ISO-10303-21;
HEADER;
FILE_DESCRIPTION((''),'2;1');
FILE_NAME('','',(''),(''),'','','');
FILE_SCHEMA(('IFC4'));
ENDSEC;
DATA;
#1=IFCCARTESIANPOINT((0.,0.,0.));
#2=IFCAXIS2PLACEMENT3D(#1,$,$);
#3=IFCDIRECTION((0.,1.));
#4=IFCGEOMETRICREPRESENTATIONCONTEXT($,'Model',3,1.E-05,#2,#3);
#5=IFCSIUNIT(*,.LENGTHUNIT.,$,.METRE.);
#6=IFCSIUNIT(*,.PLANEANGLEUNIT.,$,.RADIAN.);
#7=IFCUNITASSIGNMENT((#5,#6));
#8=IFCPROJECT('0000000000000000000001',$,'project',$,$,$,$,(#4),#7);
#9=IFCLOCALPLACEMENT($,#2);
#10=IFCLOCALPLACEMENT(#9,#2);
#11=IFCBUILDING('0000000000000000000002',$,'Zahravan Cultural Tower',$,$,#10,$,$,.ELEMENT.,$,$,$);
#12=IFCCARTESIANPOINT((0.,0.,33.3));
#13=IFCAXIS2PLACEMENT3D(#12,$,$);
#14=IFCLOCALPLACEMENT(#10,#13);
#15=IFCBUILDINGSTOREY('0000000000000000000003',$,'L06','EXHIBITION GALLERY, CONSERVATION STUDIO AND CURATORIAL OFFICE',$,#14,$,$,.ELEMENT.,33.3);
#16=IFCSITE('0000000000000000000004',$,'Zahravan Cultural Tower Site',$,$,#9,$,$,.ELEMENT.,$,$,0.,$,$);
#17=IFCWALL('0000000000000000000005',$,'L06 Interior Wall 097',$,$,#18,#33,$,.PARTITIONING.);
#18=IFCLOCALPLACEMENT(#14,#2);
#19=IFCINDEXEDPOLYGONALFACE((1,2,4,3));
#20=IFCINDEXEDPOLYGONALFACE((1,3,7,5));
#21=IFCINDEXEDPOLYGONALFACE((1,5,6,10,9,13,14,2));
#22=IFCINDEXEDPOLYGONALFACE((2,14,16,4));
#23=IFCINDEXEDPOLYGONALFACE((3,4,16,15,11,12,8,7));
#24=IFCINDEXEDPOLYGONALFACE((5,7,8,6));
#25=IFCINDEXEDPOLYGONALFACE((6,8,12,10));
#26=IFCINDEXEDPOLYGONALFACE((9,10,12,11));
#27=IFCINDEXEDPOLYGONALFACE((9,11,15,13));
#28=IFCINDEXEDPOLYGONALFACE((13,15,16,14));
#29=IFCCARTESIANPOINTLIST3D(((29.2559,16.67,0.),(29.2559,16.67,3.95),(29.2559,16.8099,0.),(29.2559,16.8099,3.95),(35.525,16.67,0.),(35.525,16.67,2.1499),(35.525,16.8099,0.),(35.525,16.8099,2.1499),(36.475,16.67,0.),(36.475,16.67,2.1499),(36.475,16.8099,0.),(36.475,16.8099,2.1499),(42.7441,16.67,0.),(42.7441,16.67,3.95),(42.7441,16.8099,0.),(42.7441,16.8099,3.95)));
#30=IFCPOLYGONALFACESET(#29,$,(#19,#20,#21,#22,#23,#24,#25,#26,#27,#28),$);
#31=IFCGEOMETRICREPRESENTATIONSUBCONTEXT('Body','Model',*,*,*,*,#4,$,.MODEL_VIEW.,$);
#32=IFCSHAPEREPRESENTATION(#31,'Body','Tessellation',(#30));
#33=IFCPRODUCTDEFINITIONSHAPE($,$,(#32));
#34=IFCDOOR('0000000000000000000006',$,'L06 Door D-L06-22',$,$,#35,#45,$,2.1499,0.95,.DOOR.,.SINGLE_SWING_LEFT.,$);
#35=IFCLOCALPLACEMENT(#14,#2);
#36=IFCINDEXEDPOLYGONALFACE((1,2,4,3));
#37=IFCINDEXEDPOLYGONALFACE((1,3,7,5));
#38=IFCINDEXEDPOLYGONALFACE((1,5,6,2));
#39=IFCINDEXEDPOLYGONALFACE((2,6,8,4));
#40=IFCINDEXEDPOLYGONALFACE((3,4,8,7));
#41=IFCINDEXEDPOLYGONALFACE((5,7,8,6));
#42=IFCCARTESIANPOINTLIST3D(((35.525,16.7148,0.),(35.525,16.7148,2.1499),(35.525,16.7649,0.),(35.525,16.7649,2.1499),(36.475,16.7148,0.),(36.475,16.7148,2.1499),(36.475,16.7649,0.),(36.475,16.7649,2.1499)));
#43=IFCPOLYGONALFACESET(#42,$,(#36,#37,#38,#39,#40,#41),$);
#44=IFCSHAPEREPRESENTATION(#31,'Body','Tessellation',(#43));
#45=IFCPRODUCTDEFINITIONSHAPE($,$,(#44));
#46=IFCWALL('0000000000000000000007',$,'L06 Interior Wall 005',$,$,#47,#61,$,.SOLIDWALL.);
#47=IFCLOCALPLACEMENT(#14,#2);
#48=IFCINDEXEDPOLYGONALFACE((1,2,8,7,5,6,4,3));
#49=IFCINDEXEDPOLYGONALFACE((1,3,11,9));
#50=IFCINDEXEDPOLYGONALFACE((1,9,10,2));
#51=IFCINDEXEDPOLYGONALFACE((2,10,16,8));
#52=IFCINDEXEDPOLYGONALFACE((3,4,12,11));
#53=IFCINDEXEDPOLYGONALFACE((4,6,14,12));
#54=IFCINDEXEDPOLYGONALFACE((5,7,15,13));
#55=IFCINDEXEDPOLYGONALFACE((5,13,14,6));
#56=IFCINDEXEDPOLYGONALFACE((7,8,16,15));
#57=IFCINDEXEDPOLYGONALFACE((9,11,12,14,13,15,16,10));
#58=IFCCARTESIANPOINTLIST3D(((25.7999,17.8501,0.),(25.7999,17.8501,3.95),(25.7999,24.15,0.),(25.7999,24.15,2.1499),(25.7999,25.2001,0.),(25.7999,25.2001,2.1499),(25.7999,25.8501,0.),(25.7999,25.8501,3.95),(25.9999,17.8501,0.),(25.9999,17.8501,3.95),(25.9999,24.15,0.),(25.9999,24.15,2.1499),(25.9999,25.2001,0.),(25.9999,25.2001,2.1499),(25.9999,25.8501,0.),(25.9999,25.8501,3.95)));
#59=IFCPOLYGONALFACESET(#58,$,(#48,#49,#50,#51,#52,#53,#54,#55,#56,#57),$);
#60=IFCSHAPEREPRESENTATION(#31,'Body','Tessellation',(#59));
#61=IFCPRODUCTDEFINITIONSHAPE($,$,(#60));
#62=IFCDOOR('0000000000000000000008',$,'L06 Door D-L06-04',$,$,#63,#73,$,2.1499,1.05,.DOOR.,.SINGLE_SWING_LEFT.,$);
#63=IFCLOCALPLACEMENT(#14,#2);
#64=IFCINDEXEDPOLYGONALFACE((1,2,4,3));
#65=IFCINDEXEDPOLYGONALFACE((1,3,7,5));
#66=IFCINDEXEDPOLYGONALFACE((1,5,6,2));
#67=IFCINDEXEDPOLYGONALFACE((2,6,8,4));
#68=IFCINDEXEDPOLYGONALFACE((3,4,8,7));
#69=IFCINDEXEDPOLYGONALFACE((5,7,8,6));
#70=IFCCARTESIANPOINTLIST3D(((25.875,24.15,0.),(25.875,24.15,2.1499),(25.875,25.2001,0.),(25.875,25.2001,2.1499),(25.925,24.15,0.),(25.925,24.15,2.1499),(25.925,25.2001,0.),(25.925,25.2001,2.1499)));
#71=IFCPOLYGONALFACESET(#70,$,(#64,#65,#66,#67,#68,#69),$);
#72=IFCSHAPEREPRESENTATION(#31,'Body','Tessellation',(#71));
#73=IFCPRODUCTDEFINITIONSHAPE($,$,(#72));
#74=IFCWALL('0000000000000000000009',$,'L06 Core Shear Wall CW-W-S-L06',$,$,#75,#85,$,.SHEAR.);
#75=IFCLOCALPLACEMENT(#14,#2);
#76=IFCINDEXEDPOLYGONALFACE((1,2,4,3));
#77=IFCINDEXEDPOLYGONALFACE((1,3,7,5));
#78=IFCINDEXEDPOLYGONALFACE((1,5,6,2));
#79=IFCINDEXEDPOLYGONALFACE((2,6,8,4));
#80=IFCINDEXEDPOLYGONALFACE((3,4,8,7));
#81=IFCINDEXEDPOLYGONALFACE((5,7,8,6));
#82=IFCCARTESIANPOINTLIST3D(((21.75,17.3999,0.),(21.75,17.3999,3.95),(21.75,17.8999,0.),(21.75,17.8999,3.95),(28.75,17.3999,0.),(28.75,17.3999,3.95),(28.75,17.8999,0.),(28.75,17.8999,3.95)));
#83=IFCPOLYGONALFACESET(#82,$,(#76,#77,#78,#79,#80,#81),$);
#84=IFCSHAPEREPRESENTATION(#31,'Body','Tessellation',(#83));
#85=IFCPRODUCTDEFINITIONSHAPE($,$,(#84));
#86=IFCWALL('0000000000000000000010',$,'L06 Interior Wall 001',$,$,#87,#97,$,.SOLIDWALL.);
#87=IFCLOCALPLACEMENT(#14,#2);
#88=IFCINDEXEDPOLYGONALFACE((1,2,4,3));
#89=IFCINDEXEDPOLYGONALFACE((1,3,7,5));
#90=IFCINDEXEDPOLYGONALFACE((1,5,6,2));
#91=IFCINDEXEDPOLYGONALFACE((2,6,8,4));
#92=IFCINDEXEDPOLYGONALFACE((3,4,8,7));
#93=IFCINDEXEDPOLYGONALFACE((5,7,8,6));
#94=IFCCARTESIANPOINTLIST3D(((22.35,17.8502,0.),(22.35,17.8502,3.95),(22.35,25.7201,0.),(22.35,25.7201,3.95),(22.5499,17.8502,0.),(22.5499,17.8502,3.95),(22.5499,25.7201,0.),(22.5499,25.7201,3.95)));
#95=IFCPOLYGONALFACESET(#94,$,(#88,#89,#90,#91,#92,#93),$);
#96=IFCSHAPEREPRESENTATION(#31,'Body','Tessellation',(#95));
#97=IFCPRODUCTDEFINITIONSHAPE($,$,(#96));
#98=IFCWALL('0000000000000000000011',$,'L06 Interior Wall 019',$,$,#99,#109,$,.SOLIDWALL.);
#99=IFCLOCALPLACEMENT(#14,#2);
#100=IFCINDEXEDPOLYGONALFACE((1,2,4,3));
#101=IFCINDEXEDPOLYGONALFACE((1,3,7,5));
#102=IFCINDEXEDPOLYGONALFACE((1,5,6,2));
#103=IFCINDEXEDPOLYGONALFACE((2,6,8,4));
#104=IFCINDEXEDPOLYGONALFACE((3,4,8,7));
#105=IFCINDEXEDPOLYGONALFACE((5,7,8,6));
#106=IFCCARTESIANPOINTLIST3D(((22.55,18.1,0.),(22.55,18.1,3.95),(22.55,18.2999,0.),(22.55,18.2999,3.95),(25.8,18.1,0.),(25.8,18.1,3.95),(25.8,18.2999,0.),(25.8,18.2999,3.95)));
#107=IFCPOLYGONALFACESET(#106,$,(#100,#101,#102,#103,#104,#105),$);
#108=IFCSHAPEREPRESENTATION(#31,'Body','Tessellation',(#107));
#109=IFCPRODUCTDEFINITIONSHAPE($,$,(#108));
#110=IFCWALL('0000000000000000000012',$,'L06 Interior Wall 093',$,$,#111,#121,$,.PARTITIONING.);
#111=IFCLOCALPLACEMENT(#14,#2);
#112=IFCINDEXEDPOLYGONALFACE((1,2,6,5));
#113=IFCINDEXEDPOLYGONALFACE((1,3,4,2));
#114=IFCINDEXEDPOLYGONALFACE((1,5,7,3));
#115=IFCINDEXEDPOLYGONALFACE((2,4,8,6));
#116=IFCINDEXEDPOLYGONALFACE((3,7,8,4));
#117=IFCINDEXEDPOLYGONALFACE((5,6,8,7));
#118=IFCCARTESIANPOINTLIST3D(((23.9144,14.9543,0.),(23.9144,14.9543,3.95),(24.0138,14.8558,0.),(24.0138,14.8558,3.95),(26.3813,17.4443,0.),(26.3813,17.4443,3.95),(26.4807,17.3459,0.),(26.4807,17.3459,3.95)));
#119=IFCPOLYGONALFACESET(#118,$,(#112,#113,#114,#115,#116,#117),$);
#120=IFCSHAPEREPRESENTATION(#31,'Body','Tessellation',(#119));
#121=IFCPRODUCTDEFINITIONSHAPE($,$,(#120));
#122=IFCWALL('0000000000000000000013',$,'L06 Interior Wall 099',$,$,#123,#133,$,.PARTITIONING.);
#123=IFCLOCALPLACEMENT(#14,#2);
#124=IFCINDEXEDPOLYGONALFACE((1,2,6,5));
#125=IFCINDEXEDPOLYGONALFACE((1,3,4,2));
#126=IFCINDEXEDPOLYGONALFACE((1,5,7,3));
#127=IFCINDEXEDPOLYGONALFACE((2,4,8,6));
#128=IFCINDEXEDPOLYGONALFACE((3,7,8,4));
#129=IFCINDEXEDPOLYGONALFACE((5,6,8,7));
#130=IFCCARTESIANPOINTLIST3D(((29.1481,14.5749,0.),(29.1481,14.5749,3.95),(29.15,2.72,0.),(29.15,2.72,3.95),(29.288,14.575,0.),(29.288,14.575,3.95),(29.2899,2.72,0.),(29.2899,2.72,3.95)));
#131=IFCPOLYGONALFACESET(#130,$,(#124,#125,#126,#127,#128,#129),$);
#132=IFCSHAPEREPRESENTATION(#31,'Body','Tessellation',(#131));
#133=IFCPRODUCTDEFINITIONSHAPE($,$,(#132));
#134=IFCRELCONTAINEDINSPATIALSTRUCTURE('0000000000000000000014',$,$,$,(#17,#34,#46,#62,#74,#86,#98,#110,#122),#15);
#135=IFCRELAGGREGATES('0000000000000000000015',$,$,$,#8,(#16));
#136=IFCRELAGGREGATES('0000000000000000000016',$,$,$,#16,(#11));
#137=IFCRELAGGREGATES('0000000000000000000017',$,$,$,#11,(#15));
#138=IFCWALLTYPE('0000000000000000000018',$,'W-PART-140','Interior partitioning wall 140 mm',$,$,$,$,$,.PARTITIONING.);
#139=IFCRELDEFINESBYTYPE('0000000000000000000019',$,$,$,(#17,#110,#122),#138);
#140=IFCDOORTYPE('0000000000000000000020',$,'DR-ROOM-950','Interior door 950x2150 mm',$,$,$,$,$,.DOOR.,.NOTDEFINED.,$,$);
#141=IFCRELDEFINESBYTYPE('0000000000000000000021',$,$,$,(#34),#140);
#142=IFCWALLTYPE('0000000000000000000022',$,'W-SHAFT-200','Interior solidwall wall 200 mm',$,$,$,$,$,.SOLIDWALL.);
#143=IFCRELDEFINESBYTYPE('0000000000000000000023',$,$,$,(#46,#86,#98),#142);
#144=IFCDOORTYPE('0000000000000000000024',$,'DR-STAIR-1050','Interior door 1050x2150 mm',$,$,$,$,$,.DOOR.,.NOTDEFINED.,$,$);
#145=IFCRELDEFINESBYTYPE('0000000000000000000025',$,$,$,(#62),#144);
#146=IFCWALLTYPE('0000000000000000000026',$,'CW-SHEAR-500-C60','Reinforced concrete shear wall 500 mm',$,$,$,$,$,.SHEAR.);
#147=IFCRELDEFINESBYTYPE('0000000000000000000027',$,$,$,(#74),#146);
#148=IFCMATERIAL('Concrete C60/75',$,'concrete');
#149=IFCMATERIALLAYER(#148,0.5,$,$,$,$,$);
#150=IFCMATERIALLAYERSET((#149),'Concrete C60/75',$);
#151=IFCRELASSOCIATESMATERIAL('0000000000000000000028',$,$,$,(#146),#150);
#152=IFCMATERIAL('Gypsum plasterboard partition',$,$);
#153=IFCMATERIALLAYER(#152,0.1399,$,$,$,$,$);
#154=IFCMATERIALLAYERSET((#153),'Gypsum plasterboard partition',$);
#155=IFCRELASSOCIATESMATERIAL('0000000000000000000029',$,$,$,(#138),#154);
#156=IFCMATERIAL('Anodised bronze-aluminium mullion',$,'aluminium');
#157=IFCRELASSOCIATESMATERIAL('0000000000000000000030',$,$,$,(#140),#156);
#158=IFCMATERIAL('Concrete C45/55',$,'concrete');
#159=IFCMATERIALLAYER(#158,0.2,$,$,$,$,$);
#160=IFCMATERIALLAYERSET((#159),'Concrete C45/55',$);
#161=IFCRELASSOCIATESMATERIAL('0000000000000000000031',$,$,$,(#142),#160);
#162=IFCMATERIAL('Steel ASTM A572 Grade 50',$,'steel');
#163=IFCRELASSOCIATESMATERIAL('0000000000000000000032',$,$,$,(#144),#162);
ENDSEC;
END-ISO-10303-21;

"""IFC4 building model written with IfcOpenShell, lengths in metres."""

from ifc_helpers import new_model, si_unit, direction, frame, frame_2d, origin, place, context, subcontext, project, spatial, rectangle, extrude, source, transform, mapped, material, layer, layer_set, type_object, element, fill, save


model = new_model("IFC4")

# Units and contexts
model_context = context("Model", 3, precision=1e-05, world=origin(), true_north=direction((0.0, 1.0)))
body_context = subcontext(model_context, "Body", "Model", "MODEL_VIEW")
ifc_project = project(units=[si_unit("LENGTHUNIT", "METRE"), si_unit("PLANEANGLEUNIT", "RADIAN")], contexts=[model_context])

# Site, building, storey
site_placement = place(None, origin())
site = spatial("IfcSite", under=ifc_project, at=site_placement, Name="Zahravan Cultural Tower Site", CompositionType="ELEMENT", RefElevation=0.0)
building_placement = place(site_placement, origin())
building = spatial("IfcBuilding", under=site, at=building_placement, Name="Zahravan Cultural Tower", CompositionType="ELEMENT")
storey_placement = place(building_placement, frame((0.0, 0.0, 33.3)))
storey = spatial("IfcBuildingStorey", under=building, at=storey_placement, Name="L06", Description="EXHIBITION GALLERY, CONSERVATION STUDIO AND CURATORIAL OFFICE", CompositionType="ELEMENT", Elevation=33.3)

# Shared definitions
ifc_material_1 = material(Name="Concrete C60/75", Category="concrete")

# Shared definitions
ifc_material_2 = material(Name="Anodised bronze-aluminium mullion", Category="aluminium")

# Shared definitions
ifc_layer_1 = layer(ifc_material_1, 0.5)
ifc_layer_set_1 = layer_set([ifc_layer_1], Name="Concrete C60/75")
wall_type_1 = type_object("IfcWallType", Name="CW-SHEAR-500-C60", Description="Reinforced concrete shear wall 500 mm", PredefinedType="SHEAR", material=ifc_layer_set_1)
ifc_material_3 = material(Name="Steel ASTM A572 Grade 50", Category="steel")

# Walls, openings, doors
ifc_material_4 = material(Name="Gypsum plasterboard partition")
ifc_layer_2 = layer(ifc_material_4, 0.1399)
ifc_layer_set_2 = layer_set([ifc_layer_2], Name="Gypsum plasterboard partition")
wall_type_2 = type_object("IfcWallType", Name="W-PART-140", Description="Interior partitioning wall 140 mm", PredefinedType="PARTITIONING", material=ifc_layer_set_2)
wall_1_placement = place(storey_placement, frame((29.2559, 16.74, 0.0), z_axis=(0.0, 0.0, 1.0), x_axis=(1.0, 0.0, 0.0)))
wall_1 = element("IfcWall", 1, at=wall_1_placement, inside=storey, type_object=wall_type_2, Name="L06 Interior Wall 097", PredefinedType="PARTITIONING", context=body_context, shape_type="SweptSolid", body=[
    extrude(rectangle(XDim=13.4883, YDim=0.1399, at=frame_2d((6.7441, 0.0))), origin(), (0.0, 0.0, 1.0), 3.95),
])
opening_1_placement = place(wall_1_placement, frame((6.269, 0.0, 0.0)))
opening_1 = element("IfcOpeningElement", 2, at=opening_1_placement, cuts=wall_1, PredefinedType="OPENING", context=body_context, shape_type="SweptSolid", body=[
    extrude(rectangle(XDim=0.95, YDim=2.1499, at=frame_2d((0.4751, 1.075))), frame((0.0, 0.0798, 0.0), z_axis=(0.0, -1.0, 0.0), x_axis=(1.0, 0.0, 0.0)), (0.0, 0.0, 1.0), 0.1599),
])
door_type_1 = type_object("IfcDoorType", Name="DR-ROOM-950", Description="Interior door 950x2150 mm", OperationType="NOTDEFINED", PredefinedType="DOOR", material=ifc_material_2)
shared_shape_1 = source(origin(), body_context, "Body", "SweptSolid", [
    extrude(rectangle(XDim=0.95, YDim=2.1499, at=frame_2d((0.4751, 1.075))), frame((0.0, 0.0249, 0.0), z_axis=(0.0, -1.0, 0.0), x_axis=(1.0, 0.0, 0.0)), (0.0, 0.0, 1.0), 0.05),
])
door_1_placement = place(opening_1_placement, origin())
door_1 = element("IfcDoor", 3, at=door_1_placement, inside=storey, type_object=door_type_1, Name="L06 Door D-L06-22", OperationType="SINGLE_SWING_LEFT", OverallHeight=2.1499, OverallWidth=0.95, PredefinedType="DOOR", context=body_context, shape_type="MappedRepresentation", body=[
    mapped(shared_shape_1, transform((0.0, 0.0, 0.0), x_axis=(1.0, 0.0, 0.0), y_axis=(0.0, 1.0, 0.0), z_axis=(0.0, 0.0, 1.0), scale=1.0)),
])
fill(opening_1, door_1)
ifc_material_5 = material(Name="Concrete C45/55", Category="concrete")
ifc_layer_3 = layer(ifc_material_5, 0.2)
ifc_layer_set_3 = layer_set([ifc_layer_3], Name="Concrete C45/55")
wall_type_3 = type_object("IfcWallType", Name="W-SHAFT-200", Description="Interior solidwall wall 200 mm", PredefinedType="SOLIDWALL", material=ifc_layer_set_3)
wall_2_placement = place(storey_placement, frame((25.8999, 17.8501, 0.0), z_axis=(0.0, 0.0, 1.0), x_axis=(0.0, 1.0, 0.0)))
wall_2 = element("IfcWall", 4, at=wall_2_placement, inside=storey, type_object=wall_type_3, Name="L06 Interior Wall 005", PredefinedType="SOLIDWALL", context=body_context, shape_type="SweptSolid", body=[
    extrude(rectangle(XDim=8.0, YDim=0.2, at=frame_2d((4.0, 0.0))), origin(), (0.0, 0.0, 1.0), 3.95),
])
opening_2_placement = place(wall_2_placement, frame((6.3, 0.0, 0.0)))
opening_2 = element("IfcOpeningElement", 5, at=opening_2_placement, cuts=wall_2, PredefinedType="OPENING", context=body_context, shape_type="SweptSolid", body=[
    extrude(rectangle(XDim=1.05, YDim=2.1499, at=frame_2d((0.5249, 1.075))), frame((0.0, 0.1099, 0.0), z_axis=(0.0, -1.0, 0.0), x_axis=(1.0, 0.0, 0.0)), (0.0, 0.0, 1.0), 0.22),
])
door_type_2 = type_object("IfcDoorType", Name="DR-STAIR-1050", Description="Interior door 1050x2150 mm", OperationType="NOTDEFINED", PredefinedType="DOOR", material=ifc_material_3)
shared_shape_2 = source(origin(), body_context, "Body", "SweptSolid", [
    extrude(rectangle(XDim=1.05, YDim=2.1499, at=frame_2d((0.5249, 1.075))), frame((0.0, 0.0249, 0.0), z_axis=(0.0, -1.0, 0.0), x_axis=(1.0, 0.0, 0.0)), (0.0, 0.0, 1.0), 0.05),
])
door_2_placement = place(opening_2_placement, origin())
door_2 = element("IfcDoor", 6, at=door_2_placement, inside=storey, type_object=door_type_2, Name="L06 Door D-L06-04", OperationType="SINGLE_SWING_LEFT", OverallHeight=2.1499, OverallWidth=1.05, PredefinedType="DOOR", context=body_context, shape_type="MappedRepresentation", body=[
    mapped(shared_shape_2, transform((0.0, 0.0, 0.0), x_axis=(1.0, 0.0, 0.0), y_axis=(0.0, 1.0, 0.0), z_axis=(0.0, 0.0, 1.0), scale=1.0)),
])
fill(opening_2, door_2)

# Walls
shared_shape_3 = source(origin(), body_context, "Body", "SweptSolid", [
    extrude(rectangle(XDim=7.0, YDim=0.5, at=frame_2d((3.5, 0.0))), origin(), (0.0, 0.0, 1.0), 3.95),
])
wall_3_placement = place(storey_placement, frame((21.75, 17.6499, 0.0), z_axis=(0.0, 0.0, 1.0), x_axis=(1.0, 0.0, 0.0)))
element("IfcWall", 7, at=wall_3_placement, inside=storey, type_object=wall_type_1, Name="L06 Core Shear Wall CW-W-S-L06", PredefinedType="SHEAR", context=body_context, shape_type="MappedRepresentation", body=[
    mapped(shared_shape_3, transform((0.0, 0.0, 0.0), x_axis=(1.0, 0.0, 0.0), y_axis=(0.0, 1.0, 0.0), z_axis=(0.0, 0.0, 1.0), scale=1.0)),
])
shared_shape_4 = source(origin(), body_context, "Body", "SweptSolid", [
    extrude(rectangle(XDim=7.8699, YDim=0.2, at=frame_2d((3.9351, 0.0))), origin(), (0.0, 0.0, 1.0), 3.95),
])
wall_4_placement = place(storey_placement, frame((22.45, 17.8501, 0.0), z_axis=(0.0, 0.0, 1.0), x_axis=(0.0, 1.0, 0.0)))
element("IfcWall", 8, at=wall_4_placement, inside=storey, type_object=wall_type_3, Name="L06 Interior Wall 001", PredefinedType="SOLIDWALL", context=body_context, shape_type="MappedRepresentation", body=[
    mapped(shared_shape_4, transform((0.0, 0.0, 0.0), x_axis=(1.0, 0.0, 0.0), y_axis=(0.0, 1.0, 0.0), z_axis=(0.0, 0.0, 1.0), scale=1.0)),
])
shared_shape_5 = source(origin(), body_context, "Body", "SweptSolid", [
    extrude(rectangle(XDim=3.25, YDim=0.2, at=frame_2d((1.625, 0.0))), origin(), (0.0, 0.0, 1.0), 3.95),
])
wall_5_placement = place(storey_placement, frame((22.55, 18.2, 0.0), z_axis=(0.0, 0.0, 1.0), x_axis=(1.0, 0.0, 0.0)))
element("IfcWall", 9, at=wall_5_placement, inside=storey, type_object=wall_type_3, Name="L06 Interior Wall 019", PredefinedType="SOLIDWALL", context=body_context, shape_type="MappedRepresentation", body=[
    mapped(shared_shape_5, transform((0.0, 0.0, 0.0), x_axis=(1.0, 0.0, 0.0), y_axis=(0.0, 1.0, 0.0), z_axis=(0.0, 0.0, 1.0), scale=1.0)),
])
shared_shape_6 = source(origin(), body_context, "Body", "SweptSolid", [
    extrude(rectangle(XDim=3.5051, YDim=0.1399, at=frame_2d((1.7524, 0.0))), origin(), (0.0, 0.0, 1.0), 3.95),
])
wall_6_placement = place(storey_placement, frame((26.4309, 17.395, 0.0), z_axis=(0.0, 0.0, 1.0), x_axis=(-0.70379, -0.710408, 0.0)))
element("IfcWall", 10, at=wall_6_placement, inside=storey, type_object=wall_type_2, Name="L06 Interior Wall 093", PredefinedType="PARTITIONING", context=body_context, shape_type="MappedRepresentation", body=[
    mapped(shared_shape_6, transform((0.0, 0.0, 0.0), x_axis=(1.0, 0.0, 0.0), y_axis=(0.0, 1.0, 0.0), z_axis=(0.0, 0.0, 1.0), scale=1.0)),
])
shared_shape_7 = source(origin(), body_context, "Body", "SweptSolid", [
    extrude(rectangle(XDim=11.855, YDim=0.1399, at=frame_2d((5.9275, 0.0))), origin(), (0.0, 0.0, 1.0), 3.95),
])
wall_7_placement = place(storey_placement, frame((29.22, 2.72, 0.0), z_axis=(0.0, 0.0, 1.0), x_axis=(-0.000165, 1.0, 0.0)))
element("IfcWall", 11, at=wall_7_placement, inside=storey, type_object=wall_type_2, Name="L06 Interior Wall 099", PredefinedType="PARTITIONING", context=body_context, shape_type="MappedRepresentation", body=[
    mapped(shared_shape_7, transform((0.0, 0.0, 0.0), x_axis=(1.0, 0.0, 0.0), y_axis=(0.0, 1.0, 0.0), z_axis=(0.0, 0.0, 1.0), scale=1.0)),
])

save(model, "model.ifc")
